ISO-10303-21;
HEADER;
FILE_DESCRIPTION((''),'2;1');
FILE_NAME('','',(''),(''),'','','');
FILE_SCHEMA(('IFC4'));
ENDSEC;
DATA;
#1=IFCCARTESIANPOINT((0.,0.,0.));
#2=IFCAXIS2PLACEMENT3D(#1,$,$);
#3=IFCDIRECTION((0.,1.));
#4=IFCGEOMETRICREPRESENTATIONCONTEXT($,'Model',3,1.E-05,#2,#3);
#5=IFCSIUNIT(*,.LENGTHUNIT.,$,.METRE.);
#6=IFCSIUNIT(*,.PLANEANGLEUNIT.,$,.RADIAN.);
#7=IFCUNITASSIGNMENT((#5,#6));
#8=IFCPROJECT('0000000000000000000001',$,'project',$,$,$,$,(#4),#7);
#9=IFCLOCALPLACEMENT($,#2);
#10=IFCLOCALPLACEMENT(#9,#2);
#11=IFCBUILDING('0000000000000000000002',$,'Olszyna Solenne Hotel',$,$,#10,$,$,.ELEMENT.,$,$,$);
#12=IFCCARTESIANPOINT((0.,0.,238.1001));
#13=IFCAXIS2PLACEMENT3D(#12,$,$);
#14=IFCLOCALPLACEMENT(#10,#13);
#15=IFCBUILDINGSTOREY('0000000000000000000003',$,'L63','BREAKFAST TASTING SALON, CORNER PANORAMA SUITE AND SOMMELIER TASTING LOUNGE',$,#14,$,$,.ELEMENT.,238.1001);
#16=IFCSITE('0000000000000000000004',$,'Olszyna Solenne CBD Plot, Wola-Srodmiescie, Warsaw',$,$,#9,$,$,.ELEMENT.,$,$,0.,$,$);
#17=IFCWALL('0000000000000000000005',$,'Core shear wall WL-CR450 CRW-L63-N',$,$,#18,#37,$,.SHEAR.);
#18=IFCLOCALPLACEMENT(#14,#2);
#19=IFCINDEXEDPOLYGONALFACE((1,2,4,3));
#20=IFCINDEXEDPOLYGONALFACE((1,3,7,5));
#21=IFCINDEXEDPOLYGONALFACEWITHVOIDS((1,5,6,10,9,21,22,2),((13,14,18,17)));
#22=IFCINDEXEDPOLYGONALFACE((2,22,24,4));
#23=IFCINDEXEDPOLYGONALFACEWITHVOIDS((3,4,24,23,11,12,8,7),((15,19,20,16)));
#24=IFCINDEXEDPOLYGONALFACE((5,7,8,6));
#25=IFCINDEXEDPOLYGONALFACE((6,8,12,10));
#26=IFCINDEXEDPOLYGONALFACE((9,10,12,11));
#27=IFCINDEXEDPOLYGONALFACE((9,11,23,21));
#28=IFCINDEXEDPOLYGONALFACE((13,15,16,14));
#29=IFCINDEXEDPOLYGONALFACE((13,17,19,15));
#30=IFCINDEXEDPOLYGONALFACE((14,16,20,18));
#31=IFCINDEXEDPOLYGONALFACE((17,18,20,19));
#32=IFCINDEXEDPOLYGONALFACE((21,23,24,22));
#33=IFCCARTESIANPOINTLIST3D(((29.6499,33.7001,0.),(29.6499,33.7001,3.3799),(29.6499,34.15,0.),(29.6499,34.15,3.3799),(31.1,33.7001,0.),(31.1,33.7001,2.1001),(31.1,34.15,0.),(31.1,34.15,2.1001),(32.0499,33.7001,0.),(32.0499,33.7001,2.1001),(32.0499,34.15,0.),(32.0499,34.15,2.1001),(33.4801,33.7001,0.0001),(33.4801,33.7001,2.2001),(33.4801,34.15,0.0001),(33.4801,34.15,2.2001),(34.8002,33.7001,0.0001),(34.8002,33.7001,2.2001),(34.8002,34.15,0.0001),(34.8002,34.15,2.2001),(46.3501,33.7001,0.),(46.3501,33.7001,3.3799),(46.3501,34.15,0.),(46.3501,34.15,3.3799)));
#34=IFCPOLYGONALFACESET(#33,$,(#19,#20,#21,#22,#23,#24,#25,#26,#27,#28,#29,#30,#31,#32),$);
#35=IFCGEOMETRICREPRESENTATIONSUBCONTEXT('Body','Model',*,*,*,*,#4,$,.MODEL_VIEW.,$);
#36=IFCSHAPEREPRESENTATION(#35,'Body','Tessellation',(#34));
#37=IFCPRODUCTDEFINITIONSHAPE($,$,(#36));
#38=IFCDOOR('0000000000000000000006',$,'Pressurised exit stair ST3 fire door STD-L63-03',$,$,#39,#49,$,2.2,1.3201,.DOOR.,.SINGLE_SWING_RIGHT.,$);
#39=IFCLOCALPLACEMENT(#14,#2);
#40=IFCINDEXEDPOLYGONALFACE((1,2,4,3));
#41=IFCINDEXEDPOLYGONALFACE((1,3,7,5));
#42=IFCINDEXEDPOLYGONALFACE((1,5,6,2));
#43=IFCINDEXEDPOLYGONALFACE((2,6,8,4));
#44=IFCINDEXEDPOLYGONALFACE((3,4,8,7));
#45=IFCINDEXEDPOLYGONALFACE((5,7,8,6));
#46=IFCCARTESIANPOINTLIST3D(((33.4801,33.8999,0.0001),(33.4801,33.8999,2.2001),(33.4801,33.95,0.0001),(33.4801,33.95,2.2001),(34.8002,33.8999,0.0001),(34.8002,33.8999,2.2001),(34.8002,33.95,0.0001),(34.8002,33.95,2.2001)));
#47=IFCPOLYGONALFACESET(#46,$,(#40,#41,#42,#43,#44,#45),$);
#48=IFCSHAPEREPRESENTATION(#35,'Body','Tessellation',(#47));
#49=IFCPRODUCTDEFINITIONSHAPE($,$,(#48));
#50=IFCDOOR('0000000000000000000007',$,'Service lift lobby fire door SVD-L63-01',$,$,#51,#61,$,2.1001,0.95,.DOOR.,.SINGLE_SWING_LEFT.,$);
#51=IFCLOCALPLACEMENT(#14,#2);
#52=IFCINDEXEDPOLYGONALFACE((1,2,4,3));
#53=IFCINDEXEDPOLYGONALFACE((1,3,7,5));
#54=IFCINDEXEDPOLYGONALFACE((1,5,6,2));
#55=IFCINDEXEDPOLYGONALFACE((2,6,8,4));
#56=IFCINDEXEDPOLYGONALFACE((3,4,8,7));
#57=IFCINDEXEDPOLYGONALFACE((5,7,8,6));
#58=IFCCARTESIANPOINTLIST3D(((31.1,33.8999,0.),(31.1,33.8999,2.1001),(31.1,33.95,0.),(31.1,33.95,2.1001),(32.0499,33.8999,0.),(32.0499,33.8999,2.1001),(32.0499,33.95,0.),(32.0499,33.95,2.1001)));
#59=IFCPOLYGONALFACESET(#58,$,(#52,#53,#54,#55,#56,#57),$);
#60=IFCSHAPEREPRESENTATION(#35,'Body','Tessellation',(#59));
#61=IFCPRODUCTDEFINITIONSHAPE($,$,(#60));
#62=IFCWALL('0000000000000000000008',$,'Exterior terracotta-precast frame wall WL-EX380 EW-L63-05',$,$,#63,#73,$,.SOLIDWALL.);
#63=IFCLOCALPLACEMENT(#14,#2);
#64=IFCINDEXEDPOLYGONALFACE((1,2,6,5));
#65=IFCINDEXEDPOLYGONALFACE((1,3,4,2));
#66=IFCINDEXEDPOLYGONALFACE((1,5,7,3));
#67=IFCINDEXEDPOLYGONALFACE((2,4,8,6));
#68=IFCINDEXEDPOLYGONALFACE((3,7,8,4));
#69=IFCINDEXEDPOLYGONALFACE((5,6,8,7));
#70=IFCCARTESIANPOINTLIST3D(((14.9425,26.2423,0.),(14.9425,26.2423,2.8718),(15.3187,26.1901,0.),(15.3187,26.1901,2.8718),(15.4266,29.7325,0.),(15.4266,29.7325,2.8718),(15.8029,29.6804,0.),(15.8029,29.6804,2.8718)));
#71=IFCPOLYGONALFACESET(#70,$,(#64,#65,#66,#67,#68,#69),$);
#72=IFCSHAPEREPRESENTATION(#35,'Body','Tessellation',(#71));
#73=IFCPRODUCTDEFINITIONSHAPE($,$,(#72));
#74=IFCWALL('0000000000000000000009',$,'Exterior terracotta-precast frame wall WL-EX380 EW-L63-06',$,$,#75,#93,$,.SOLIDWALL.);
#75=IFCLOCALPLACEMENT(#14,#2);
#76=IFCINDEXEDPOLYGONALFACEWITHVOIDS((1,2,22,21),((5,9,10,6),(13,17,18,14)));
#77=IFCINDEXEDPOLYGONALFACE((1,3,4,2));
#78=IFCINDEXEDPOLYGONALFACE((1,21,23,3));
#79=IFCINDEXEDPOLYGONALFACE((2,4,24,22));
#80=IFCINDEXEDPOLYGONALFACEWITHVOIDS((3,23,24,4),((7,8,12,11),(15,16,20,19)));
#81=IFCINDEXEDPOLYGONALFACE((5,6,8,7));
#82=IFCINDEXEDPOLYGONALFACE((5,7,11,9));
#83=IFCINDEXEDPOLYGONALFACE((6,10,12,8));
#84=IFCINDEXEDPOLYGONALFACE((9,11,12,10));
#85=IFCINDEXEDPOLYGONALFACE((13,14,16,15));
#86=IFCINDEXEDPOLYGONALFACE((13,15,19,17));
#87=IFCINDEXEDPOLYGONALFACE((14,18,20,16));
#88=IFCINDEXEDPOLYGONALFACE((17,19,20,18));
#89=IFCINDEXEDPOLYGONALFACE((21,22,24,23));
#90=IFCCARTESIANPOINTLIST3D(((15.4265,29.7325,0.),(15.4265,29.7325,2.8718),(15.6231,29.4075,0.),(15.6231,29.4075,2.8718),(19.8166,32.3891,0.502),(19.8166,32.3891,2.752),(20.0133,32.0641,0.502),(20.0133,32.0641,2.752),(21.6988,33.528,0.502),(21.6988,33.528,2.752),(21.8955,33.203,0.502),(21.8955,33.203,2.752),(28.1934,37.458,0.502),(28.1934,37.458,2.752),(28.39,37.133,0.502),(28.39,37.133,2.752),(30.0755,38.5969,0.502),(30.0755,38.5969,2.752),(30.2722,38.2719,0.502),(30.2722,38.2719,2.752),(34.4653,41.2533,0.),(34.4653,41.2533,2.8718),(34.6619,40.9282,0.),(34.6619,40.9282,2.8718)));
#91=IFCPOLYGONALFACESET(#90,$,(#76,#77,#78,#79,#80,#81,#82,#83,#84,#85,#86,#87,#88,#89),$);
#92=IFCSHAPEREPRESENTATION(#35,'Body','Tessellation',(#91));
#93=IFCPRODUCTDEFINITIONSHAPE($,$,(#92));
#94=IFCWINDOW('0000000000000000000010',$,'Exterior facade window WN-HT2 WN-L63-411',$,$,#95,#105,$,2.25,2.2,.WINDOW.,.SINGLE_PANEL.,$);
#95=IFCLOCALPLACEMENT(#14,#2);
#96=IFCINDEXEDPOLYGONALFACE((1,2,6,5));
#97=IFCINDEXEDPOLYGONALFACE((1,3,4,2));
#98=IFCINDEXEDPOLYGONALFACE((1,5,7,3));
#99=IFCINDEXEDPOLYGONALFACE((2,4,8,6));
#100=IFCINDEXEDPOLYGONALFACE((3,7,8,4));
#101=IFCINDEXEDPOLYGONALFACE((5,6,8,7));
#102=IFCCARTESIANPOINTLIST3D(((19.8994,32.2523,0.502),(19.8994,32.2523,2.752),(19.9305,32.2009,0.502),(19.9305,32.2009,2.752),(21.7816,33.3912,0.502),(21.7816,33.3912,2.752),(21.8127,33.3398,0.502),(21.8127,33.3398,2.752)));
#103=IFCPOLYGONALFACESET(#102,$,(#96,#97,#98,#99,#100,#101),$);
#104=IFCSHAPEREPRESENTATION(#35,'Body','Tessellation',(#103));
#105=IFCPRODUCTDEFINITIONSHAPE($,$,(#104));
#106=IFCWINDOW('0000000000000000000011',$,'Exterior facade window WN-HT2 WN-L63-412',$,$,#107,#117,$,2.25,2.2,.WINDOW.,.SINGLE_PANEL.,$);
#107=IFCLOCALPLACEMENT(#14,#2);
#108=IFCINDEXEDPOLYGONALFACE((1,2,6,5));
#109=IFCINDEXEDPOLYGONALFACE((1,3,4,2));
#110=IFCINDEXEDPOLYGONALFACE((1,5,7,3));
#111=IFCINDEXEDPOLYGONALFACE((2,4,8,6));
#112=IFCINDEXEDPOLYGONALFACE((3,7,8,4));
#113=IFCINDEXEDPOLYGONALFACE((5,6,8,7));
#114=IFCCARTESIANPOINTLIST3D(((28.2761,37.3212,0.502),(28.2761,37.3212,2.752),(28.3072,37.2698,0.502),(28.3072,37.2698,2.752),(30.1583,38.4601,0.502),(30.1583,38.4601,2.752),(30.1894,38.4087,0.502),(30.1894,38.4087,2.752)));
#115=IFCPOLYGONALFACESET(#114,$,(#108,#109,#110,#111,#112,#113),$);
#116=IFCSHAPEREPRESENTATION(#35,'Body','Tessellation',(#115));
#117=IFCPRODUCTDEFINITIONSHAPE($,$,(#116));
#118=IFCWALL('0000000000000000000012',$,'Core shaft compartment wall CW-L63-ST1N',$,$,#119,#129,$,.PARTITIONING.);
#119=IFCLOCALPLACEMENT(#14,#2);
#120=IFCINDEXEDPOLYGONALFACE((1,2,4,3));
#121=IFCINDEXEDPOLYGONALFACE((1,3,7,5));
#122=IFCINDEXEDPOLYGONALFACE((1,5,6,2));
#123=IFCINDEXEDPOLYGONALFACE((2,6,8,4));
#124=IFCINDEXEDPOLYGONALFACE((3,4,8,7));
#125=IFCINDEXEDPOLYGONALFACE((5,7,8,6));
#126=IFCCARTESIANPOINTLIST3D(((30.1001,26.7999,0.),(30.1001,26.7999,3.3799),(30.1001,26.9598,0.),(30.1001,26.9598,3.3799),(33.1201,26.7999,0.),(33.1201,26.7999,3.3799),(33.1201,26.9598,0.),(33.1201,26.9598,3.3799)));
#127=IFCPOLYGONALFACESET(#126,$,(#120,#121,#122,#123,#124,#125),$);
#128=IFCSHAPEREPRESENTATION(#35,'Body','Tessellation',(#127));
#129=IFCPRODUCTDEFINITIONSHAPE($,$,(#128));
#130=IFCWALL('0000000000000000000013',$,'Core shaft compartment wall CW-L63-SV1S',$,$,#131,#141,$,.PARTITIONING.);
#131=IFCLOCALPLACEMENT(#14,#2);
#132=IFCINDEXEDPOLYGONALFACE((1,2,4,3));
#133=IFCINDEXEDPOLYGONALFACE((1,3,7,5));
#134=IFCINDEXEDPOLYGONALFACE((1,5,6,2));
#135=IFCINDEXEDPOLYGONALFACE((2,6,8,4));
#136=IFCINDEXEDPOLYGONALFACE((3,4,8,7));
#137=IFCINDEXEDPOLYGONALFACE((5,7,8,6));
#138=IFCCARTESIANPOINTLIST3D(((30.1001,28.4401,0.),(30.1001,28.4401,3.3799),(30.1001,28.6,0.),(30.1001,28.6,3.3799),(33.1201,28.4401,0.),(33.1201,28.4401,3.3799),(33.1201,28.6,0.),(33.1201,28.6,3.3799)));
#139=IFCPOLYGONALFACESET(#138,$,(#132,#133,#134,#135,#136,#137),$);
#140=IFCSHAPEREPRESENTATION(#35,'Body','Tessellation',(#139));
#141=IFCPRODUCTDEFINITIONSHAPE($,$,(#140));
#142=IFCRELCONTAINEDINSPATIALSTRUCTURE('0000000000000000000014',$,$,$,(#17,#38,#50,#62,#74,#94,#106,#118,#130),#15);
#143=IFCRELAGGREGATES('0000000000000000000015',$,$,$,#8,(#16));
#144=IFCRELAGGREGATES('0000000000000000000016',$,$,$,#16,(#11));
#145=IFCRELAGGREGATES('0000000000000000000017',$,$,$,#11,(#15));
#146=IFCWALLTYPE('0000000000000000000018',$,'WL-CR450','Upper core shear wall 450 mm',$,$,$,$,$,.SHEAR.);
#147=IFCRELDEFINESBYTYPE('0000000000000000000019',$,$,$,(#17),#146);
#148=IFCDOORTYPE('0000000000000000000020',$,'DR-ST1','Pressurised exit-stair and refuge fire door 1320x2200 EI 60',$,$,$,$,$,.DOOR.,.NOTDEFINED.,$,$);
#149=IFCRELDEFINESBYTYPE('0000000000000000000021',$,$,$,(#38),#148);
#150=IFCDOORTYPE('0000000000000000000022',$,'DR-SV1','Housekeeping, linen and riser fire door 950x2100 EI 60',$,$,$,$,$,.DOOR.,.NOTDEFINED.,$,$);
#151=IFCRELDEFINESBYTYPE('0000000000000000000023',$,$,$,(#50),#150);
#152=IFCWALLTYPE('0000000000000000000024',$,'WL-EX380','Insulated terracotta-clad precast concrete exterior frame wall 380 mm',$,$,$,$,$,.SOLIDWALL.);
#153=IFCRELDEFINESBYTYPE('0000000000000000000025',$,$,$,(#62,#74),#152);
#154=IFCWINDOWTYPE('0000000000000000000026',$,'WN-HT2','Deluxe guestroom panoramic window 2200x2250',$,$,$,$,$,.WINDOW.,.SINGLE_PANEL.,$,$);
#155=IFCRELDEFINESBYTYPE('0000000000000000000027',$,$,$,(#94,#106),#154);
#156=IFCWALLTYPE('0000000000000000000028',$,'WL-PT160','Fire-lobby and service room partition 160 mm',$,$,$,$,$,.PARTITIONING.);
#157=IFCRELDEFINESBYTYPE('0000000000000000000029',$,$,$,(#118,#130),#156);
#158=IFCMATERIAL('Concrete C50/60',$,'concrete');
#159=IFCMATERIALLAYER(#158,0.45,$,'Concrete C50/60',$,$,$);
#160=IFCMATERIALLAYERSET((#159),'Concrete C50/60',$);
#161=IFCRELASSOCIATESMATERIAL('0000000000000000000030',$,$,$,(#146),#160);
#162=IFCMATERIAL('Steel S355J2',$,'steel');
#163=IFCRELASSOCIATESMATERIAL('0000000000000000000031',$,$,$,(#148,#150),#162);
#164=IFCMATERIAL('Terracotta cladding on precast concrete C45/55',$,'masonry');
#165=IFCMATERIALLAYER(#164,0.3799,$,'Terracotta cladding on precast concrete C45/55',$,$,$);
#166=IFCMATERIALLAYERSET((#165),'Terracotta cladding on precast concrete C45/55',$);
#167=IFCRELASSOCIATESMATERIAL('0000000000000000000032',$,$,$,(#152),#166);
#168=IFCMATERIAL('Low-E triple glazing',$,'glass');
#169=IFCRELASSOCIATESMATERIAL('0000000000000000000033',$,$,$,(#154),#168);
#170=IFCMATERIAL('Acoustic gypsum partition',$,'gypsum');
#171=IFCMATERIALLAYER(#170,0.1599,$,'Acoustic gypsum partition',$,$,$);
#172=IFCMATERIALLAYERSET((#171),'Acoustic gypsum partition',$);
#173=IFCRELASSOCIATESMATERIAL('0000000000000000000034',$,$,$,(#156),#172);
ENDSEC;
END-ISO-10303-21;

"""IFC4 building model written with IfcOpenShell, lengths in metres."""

from ifc_helpers import new_model, si_unit, direction, frame, frame_2d, origin, place, context, subcontext, project, spatial, rectangle, extrude, source, transform, mapped, material, layer, layer_set, type_object, type_shapes, element, fill, save


model = new_model("IFC4")

# Units and contexts
model_context = context("Model", 3, precision=1e-05, world=origin(), true_north=direction((0.0, 1.0)))
body_context = subcontext(model_context, "Body", "Model", "MODEL_VIEW")
ifc_project = project(units=[si_unit("LENGTHUNIT", "METRE"), si_unit("PLANEANGLEUNIT", "RADIAN")], contexts=[model_context])

# Site, building, storey
site_placement = place(None, origin())
site = spatial("IfcSite", under=ifc_project, at=site_placement, Name="Olszyna Solenne CBD Plot, Wola-Srodmiescie, Warsaw", CompositionType="ELEMENT", RefElevation=0.0)
building_placement = place(site_placement, origin())
building = spatial("IfcBuilding", under=site, at=building_placement, Name="Olszyna Solenne Hotel", CompositionType="ELEMENT")
storey_placement = place(building_placement, frame((0.0, 0.0, 238.1001)))
storey = spatial("IfcBuildingStorey", under=building, at=storey_placement, Name="L63", Description="BREAKFAST TASTING SALON, CORNER PANORAMA SUITE AND SOMMELIER TASTING LOUNGE", CompositionType="ELEMENT", Elevation=238.1001)

# Shared definitions
ifc_material_1 = material(Name="Steel S355J2", Category="steel")

# Wall, openings, doors
ifc_material_2 = material(Name="Concrete C50/60", Category="concrete")
ifc_layer_1 = layer(ifc_material_2, 0.45, Name="Concrete C50/60")
ifc_layer_set_1 = layer_set([ifc_layer_1], Name="Concrete C50/60")
wall_type_1 = type_object("IfcWallType", Name="WL-CR450", Description="Upper core shear wall 450 mm", PredefinedType="SHEAR", material=ifc_layer_set_1)
wall_1_placement = place(storey_placement, frame((29.6499, 33.925, 0.0), z_axis=(0.0, 0.0, 1.0), x_axis=(1.0, 0.0, 0.0)))
wall_1 = element("IfcWall", 1, at=wall_1_placement, inside=storey, type_object=wall_type_1, Name="Core shear wall WL-CR450 CRW-L63-N", PredefinedType="SHEAR", context=body_context, shape_type="SweptSolid", body=[
    extrude(rectangle(XDim=16.7002, YDim=0.45, at=frame_2d((8.3501, 0.0))), origin(), (0.0, 0.0, 1.0), 3.3799),
])
opening_1_placement = place(wall_1_placement, frame((1.45, 0.0, 0.0)))
opening_1 = element("IfcOpeningElement", 2, at=opening_1_placement, cuts=wall_1, PredefinedType="OPENING", context=body_context, shape_type="SweptSolid", body=[
    extrude(rectangle(XDim=0.95, YDim=2.1001, at=frame_2d((0.4751, 1.05))), frame((0.0, 0.2349, 0.0), z_axis=(0.0, -1.0, 0.0), x_axis=(1.0, 0.0, 0.0)), (0.0, 0.0, 1.0), 0.47),
])
opening_2_placement = place(wall_1_placement, frame((3.8301, 0.0, 0.0)))
opening_2 = element("IfcOpeningElement", 3, at=opening_2_placement, cuts=wall_1, PredefinedType="OPENING", context=body_context, shape_type="SweptSolid", body=[
    extrude(rectangle(XDim=1.3201, YDim=2.2, at=frame_2d((0.6602, 1.1001))), frame((0.0, 0.2349, 0.0), z_axis=(0.0, -1.0, 0.0), x_axis=(1.0, 0.0, 0.0)), (0.0, 0.0, 1.0), 0.47),
])
door_type_1 = type_object("IfcDoorType", Name="DR-ST1", Description="Pressurised exit-stair and refuge fire door 1320x2200 EI 60", OperationType="NOTDEFINED", PredefinedType="DOOR", material=ifc_material_1)
shared_shape_1 = source(origin(), body_context, "Body", "SweptSolid", [
    extrude(rectangle(XDim=1.3201, YDim=2.2, at=frame_2d((0.6602, 1.1001))), frame((0.0, 0.0249, 0.0), z_axis=(0.0, -1.0, 0.0), x_axis=(1.0, 0.0, 0.0)), (0.0, 0.0, 1.0), 0.05),
])
type_shapes(door_type_1, [shared_shape_1])
door_1_placement = place(opening_2_placement, origin())
door_1 = element("IfcDoor", 4, at=door_1_placement, inside=storey, type_object=door_type_1, Name="Pressurised exit stair ST3 fire door STD-L63-03", OperationType="SINGLE_SWING_RIGHT", OverallHeight=2.2, OverallWidth=1.3201, PredefinedType="DOOR", context=body_context, shape_type="MappedRepresentation", body=[
    mapped(shared_shape_1, transform((0.0, 0.0, 0.0), x_axis=(1.0, 0.0, 0.0), y_axis=(0.0, 1.0, 0.0), z_axis=(0.0, 0.0, 1.0), scale=1.0)),
])
fill(opening_2, door_1)
door_type_2 = type_object("IfcDoorType", Name="DR-SV1", Description="Housekeeping, linen and riser fire door 950x2100 EI 60", OperationType="NOTDEFINED", PredefinedType="DOOR", material=ifc_material_1)
shared_shape_2 = source(origin(), body_context, "Body", "SweptSolid", [
    extrude(rectangle(XDim=0.95, YDim=2.1001, at=frame_2d((0.4751, 1.05))), frame((0.0, 0.0249, 0.0), z_axis=(0.0, -1.0, 0.0), x_axis=(1.0, 0.0, 0.0)), (0.0, 0.0, 1.0), 0.05),
])
type_shapes(door_type_2, [shared_shape_2])
door_2_placement = place(opening_1_placement, origin())
door_2 = element("IfcDoor", 5, at=door_2_placement, inside=storey, type_object=door_type_2, Name="Service lift lobby fire door SVD-L63-01", OperationType="SINGLE_SWING_LEFT", OverallHeight=2.1001, OverallWidth=0.95, PredefinedType="DOOR", context=body_context, shape_type="MappedRepresentation", body=[
    mapped(shared_shape_2, transform((0.0, 0.0, 0.0), x_axis=(1.0, 0.0, 0.0), y_axis=(0.0, 1.0, 0.0), z_axis=(0.0, 0.0, 1.0), scale=1.0)),
])
fill(opening_1, door_2)

# Wall
ifc_material_3 = material(Name="Terracotta cladding on precast concrete C45/55", Category="masonry")
ifc_layer_2 = layer(ifc_material_3, 0.3799, Name="Terracotta cladding on precast concrete C45/55")
ifc_layer_set_2 = layer_set([ifc_layer_2], Name="Terracotta cladding on precast concrete C45/55")
wall_type_2 = type_object("IfcWallType", Name="WL-EX380", Description="Insulated terracotta-clad precast concrete exterior frame wall 380 mm", PredefinedType="SOLIDWALL", material=ifc_layer_set_2)
wall_2_placement = place(storey_placement, frame((15.1306, 26.2163, 0.0), z_axis=(0.0, 0.0, 1.0), x_axis=(0.137395, 0.990516, 0.0)))
element("IfcWall", 6, at=wall_2_placement, inside=storey, type_object=wall_type_2, Name="Exterior terracotta-precast frame wall WL-EX380 EW-L63-05", PredefinedType="SOLIDWALL", context=body_context, shape_type="SweptSolid", body=[
    extrude(rectangle(XDim=3.5237, YDim=0.3799, at=frame_2d((1.7617, 0.0))), origin(), (0.0, 0.0, 1.0), 2.8718),
])

# Wall, openings, windows
wall_3_placement = place(storey_placement, frame((15.5249, 29.5701, 0.0), z_axis=(0.0, 0.0, 1.0), x_axis=(0.855555, 0.517712, 0.0)))
wall_3 = element("IfcWall", 7, at=wall_3_placement, inside=storey, type_object=wall_type_2, Name="Exterior terracotta-precast frame wall WL-EX380 EW-L63-06", PredefinedType="SOLIDWALL", context=body_context, shape_type="SweptSolid", body=[
    extrude(rectangle(XDim=22.2532, YDim=0.3799, at=frame_2d((11.1265, 0.0))), origin(), (0.0, 0.0, 1.0), 2.8718),
])
opening_3_placement = place(wall_3_placement, frame((5.1311, 0.0, 0.502)))
opening_3 = element("IfcOpeningElement", 8, at=opening_3_placement, cuts=wall_3, PredefinedType="OPENING", context=body_context, shape_type="SweptSolid", body=[
    extrude(rectangle(XDim=2.2, YDim=2.25, at=frame_2d((1.1001, 1.125))), frame((0.0, 0.2, 0.0), z_axis=(0.0, -1.0, 0.0), x_axis=(1.0, 0.0, 0.0)), (0.0, 0.0, 1.0), 0.3999),
])
opening_4_placement = place(wall_3_placement, frame((14.9221, 0.0, 0.502)))
opening_4 = element("IfcOpeningElement", 9, at=opening_4_placement, cuts=wall_3, PredefinedType="OPENING", context=body_context, shape_type="SweptSolid", body=[
    extrude(rectangle(XDim=2.2, YDim=2.25, at=frame_2d((1.1001, 1.125))), frame((0.0, 0.2, 0.0), z_axis=(0.0, -1.0, 0.0), x_axis=(1.0, 0.0, 0.0)), (0.0, 0.0, 1.0), 0.3999),
])
ifc_material_4 = material(Name="Low-E triple glazing", Category="glass")
window_type = type_object("IfcWindowType", Name="WN-HT2", Description="Deluxe guestroom panoramic window 2200x2250", PartitioningType="SINGLE_PANEL", PredefinedType="WINDOW", material=ifc_material_4)
shared_shape_3 = source(origin(), body_context, "Body", "SweptSolid", [
    extrude(rectangle(XDim=2.2, YDim=2.25, at=frame_2d((1.1001, 1.125))), frame((0.0, 0.03, 0.0), z_axis=(0.0, -1.0, 0.0), x_axis=(1.0, 0.0, 0.0)), (0.0, 0.0, 1.0), 0.0601),
])
type_shapes(window_type, [shared_shape_3])
window_1_placement = place(opening_3_placement, origin())
window_1 = element("IfcWindow", 10, at=window_1_placement, inside=storey, type_object=window_type, Name="Exterior facade window WN-HT2 WN-L63-411", OverallHeight=2.25, OverallWidth=2.2, PartitioningType="SINGLE_PANEL", PredefinedType="WINDOW", context=body_context, shape_type="MappedRepresentation", body=[
    mapped(shared_shape_3, transform((0.0, 0.0, 0.0), x_axis=(1.0, 0.0, 0.0), y_axis=(0.0, 1.0, 0.0), z_axis=(0.0, 0.0, 1.0), scale=1.0)),
])
fill(opening_3, window_1)
window_2_placement = place(opening_4_placement, origin())
window_2 = element("IfcWindow", 11, at=window_2_placement, inside=storey, type_object=window_type, Name="Exterior facade window WN-HT2 WN-L63-412", OverallHeight=2.25, OverallWidth=2.2, PartitioningType="SINGLE_PANEL", PredefinedType="WINDOW", context=body_context, shape_type="MappedRepresentation", body=[
    mapped(shared_shape_3, transform((0.0, 0.0, 0.0), x_axis=(1.0, 0.0, 0.0), y_axis=(0.0, 1.0, 0.0), z_axis=(0.0, 0.0, 1.0), scale=1.0)),
])
fill(opening_4, window_2)

# Walls
ifc_material_5 = material(Name="Acoustic gypsum partition", Category="gypsum")
ifc_layer_3 = layer(ifc_material_5, 0.1599, Name="Acoustic gypsum partition")
ifc_layer_set_3 = layer_set([ifc_layer_3], Name="Acoustic gypsum partition")
wall_type_3 = type_object("IfcWallType", Name="WL-PT160", Description="Fire-lobby and service room partition 160 mm", PredefinedType="PARTITIONING", material=ifc_layer_set_3)
for number, where, z_axis, x_axis, name in (
    (12, (30.1001, 26.8799, 0.0), (0.0, 0.0, 1.0), (1.0, 0.0, 0.0), "Core shaft compartment wall CW-L63-ST1N"),
    (13, (30.1001, 28.52, 0.0), (0.0, 0.0, 1.0), (1.0, 0.0, 0.0), "Core shaft compartment wall CW-L63-SV1S"),
):
    element("IfcWall", number, at=place(storey_placement, frame(where, z_axis=z_axis, x_axis=x_axis)), inside=storey, type_object=wall_type_3, Name=name, PredefinedType="PARTITIONING", context=body_context, shape_type="SweptSolid", body=[
        extrude(rectangle(XDim=3.02, YDim=0.1599, at=frame_2d((1.51, 0.0))), origin(), (0.0, 0.0, 1.0), 3.3799),
    ])

save(model, "model.ifc")
